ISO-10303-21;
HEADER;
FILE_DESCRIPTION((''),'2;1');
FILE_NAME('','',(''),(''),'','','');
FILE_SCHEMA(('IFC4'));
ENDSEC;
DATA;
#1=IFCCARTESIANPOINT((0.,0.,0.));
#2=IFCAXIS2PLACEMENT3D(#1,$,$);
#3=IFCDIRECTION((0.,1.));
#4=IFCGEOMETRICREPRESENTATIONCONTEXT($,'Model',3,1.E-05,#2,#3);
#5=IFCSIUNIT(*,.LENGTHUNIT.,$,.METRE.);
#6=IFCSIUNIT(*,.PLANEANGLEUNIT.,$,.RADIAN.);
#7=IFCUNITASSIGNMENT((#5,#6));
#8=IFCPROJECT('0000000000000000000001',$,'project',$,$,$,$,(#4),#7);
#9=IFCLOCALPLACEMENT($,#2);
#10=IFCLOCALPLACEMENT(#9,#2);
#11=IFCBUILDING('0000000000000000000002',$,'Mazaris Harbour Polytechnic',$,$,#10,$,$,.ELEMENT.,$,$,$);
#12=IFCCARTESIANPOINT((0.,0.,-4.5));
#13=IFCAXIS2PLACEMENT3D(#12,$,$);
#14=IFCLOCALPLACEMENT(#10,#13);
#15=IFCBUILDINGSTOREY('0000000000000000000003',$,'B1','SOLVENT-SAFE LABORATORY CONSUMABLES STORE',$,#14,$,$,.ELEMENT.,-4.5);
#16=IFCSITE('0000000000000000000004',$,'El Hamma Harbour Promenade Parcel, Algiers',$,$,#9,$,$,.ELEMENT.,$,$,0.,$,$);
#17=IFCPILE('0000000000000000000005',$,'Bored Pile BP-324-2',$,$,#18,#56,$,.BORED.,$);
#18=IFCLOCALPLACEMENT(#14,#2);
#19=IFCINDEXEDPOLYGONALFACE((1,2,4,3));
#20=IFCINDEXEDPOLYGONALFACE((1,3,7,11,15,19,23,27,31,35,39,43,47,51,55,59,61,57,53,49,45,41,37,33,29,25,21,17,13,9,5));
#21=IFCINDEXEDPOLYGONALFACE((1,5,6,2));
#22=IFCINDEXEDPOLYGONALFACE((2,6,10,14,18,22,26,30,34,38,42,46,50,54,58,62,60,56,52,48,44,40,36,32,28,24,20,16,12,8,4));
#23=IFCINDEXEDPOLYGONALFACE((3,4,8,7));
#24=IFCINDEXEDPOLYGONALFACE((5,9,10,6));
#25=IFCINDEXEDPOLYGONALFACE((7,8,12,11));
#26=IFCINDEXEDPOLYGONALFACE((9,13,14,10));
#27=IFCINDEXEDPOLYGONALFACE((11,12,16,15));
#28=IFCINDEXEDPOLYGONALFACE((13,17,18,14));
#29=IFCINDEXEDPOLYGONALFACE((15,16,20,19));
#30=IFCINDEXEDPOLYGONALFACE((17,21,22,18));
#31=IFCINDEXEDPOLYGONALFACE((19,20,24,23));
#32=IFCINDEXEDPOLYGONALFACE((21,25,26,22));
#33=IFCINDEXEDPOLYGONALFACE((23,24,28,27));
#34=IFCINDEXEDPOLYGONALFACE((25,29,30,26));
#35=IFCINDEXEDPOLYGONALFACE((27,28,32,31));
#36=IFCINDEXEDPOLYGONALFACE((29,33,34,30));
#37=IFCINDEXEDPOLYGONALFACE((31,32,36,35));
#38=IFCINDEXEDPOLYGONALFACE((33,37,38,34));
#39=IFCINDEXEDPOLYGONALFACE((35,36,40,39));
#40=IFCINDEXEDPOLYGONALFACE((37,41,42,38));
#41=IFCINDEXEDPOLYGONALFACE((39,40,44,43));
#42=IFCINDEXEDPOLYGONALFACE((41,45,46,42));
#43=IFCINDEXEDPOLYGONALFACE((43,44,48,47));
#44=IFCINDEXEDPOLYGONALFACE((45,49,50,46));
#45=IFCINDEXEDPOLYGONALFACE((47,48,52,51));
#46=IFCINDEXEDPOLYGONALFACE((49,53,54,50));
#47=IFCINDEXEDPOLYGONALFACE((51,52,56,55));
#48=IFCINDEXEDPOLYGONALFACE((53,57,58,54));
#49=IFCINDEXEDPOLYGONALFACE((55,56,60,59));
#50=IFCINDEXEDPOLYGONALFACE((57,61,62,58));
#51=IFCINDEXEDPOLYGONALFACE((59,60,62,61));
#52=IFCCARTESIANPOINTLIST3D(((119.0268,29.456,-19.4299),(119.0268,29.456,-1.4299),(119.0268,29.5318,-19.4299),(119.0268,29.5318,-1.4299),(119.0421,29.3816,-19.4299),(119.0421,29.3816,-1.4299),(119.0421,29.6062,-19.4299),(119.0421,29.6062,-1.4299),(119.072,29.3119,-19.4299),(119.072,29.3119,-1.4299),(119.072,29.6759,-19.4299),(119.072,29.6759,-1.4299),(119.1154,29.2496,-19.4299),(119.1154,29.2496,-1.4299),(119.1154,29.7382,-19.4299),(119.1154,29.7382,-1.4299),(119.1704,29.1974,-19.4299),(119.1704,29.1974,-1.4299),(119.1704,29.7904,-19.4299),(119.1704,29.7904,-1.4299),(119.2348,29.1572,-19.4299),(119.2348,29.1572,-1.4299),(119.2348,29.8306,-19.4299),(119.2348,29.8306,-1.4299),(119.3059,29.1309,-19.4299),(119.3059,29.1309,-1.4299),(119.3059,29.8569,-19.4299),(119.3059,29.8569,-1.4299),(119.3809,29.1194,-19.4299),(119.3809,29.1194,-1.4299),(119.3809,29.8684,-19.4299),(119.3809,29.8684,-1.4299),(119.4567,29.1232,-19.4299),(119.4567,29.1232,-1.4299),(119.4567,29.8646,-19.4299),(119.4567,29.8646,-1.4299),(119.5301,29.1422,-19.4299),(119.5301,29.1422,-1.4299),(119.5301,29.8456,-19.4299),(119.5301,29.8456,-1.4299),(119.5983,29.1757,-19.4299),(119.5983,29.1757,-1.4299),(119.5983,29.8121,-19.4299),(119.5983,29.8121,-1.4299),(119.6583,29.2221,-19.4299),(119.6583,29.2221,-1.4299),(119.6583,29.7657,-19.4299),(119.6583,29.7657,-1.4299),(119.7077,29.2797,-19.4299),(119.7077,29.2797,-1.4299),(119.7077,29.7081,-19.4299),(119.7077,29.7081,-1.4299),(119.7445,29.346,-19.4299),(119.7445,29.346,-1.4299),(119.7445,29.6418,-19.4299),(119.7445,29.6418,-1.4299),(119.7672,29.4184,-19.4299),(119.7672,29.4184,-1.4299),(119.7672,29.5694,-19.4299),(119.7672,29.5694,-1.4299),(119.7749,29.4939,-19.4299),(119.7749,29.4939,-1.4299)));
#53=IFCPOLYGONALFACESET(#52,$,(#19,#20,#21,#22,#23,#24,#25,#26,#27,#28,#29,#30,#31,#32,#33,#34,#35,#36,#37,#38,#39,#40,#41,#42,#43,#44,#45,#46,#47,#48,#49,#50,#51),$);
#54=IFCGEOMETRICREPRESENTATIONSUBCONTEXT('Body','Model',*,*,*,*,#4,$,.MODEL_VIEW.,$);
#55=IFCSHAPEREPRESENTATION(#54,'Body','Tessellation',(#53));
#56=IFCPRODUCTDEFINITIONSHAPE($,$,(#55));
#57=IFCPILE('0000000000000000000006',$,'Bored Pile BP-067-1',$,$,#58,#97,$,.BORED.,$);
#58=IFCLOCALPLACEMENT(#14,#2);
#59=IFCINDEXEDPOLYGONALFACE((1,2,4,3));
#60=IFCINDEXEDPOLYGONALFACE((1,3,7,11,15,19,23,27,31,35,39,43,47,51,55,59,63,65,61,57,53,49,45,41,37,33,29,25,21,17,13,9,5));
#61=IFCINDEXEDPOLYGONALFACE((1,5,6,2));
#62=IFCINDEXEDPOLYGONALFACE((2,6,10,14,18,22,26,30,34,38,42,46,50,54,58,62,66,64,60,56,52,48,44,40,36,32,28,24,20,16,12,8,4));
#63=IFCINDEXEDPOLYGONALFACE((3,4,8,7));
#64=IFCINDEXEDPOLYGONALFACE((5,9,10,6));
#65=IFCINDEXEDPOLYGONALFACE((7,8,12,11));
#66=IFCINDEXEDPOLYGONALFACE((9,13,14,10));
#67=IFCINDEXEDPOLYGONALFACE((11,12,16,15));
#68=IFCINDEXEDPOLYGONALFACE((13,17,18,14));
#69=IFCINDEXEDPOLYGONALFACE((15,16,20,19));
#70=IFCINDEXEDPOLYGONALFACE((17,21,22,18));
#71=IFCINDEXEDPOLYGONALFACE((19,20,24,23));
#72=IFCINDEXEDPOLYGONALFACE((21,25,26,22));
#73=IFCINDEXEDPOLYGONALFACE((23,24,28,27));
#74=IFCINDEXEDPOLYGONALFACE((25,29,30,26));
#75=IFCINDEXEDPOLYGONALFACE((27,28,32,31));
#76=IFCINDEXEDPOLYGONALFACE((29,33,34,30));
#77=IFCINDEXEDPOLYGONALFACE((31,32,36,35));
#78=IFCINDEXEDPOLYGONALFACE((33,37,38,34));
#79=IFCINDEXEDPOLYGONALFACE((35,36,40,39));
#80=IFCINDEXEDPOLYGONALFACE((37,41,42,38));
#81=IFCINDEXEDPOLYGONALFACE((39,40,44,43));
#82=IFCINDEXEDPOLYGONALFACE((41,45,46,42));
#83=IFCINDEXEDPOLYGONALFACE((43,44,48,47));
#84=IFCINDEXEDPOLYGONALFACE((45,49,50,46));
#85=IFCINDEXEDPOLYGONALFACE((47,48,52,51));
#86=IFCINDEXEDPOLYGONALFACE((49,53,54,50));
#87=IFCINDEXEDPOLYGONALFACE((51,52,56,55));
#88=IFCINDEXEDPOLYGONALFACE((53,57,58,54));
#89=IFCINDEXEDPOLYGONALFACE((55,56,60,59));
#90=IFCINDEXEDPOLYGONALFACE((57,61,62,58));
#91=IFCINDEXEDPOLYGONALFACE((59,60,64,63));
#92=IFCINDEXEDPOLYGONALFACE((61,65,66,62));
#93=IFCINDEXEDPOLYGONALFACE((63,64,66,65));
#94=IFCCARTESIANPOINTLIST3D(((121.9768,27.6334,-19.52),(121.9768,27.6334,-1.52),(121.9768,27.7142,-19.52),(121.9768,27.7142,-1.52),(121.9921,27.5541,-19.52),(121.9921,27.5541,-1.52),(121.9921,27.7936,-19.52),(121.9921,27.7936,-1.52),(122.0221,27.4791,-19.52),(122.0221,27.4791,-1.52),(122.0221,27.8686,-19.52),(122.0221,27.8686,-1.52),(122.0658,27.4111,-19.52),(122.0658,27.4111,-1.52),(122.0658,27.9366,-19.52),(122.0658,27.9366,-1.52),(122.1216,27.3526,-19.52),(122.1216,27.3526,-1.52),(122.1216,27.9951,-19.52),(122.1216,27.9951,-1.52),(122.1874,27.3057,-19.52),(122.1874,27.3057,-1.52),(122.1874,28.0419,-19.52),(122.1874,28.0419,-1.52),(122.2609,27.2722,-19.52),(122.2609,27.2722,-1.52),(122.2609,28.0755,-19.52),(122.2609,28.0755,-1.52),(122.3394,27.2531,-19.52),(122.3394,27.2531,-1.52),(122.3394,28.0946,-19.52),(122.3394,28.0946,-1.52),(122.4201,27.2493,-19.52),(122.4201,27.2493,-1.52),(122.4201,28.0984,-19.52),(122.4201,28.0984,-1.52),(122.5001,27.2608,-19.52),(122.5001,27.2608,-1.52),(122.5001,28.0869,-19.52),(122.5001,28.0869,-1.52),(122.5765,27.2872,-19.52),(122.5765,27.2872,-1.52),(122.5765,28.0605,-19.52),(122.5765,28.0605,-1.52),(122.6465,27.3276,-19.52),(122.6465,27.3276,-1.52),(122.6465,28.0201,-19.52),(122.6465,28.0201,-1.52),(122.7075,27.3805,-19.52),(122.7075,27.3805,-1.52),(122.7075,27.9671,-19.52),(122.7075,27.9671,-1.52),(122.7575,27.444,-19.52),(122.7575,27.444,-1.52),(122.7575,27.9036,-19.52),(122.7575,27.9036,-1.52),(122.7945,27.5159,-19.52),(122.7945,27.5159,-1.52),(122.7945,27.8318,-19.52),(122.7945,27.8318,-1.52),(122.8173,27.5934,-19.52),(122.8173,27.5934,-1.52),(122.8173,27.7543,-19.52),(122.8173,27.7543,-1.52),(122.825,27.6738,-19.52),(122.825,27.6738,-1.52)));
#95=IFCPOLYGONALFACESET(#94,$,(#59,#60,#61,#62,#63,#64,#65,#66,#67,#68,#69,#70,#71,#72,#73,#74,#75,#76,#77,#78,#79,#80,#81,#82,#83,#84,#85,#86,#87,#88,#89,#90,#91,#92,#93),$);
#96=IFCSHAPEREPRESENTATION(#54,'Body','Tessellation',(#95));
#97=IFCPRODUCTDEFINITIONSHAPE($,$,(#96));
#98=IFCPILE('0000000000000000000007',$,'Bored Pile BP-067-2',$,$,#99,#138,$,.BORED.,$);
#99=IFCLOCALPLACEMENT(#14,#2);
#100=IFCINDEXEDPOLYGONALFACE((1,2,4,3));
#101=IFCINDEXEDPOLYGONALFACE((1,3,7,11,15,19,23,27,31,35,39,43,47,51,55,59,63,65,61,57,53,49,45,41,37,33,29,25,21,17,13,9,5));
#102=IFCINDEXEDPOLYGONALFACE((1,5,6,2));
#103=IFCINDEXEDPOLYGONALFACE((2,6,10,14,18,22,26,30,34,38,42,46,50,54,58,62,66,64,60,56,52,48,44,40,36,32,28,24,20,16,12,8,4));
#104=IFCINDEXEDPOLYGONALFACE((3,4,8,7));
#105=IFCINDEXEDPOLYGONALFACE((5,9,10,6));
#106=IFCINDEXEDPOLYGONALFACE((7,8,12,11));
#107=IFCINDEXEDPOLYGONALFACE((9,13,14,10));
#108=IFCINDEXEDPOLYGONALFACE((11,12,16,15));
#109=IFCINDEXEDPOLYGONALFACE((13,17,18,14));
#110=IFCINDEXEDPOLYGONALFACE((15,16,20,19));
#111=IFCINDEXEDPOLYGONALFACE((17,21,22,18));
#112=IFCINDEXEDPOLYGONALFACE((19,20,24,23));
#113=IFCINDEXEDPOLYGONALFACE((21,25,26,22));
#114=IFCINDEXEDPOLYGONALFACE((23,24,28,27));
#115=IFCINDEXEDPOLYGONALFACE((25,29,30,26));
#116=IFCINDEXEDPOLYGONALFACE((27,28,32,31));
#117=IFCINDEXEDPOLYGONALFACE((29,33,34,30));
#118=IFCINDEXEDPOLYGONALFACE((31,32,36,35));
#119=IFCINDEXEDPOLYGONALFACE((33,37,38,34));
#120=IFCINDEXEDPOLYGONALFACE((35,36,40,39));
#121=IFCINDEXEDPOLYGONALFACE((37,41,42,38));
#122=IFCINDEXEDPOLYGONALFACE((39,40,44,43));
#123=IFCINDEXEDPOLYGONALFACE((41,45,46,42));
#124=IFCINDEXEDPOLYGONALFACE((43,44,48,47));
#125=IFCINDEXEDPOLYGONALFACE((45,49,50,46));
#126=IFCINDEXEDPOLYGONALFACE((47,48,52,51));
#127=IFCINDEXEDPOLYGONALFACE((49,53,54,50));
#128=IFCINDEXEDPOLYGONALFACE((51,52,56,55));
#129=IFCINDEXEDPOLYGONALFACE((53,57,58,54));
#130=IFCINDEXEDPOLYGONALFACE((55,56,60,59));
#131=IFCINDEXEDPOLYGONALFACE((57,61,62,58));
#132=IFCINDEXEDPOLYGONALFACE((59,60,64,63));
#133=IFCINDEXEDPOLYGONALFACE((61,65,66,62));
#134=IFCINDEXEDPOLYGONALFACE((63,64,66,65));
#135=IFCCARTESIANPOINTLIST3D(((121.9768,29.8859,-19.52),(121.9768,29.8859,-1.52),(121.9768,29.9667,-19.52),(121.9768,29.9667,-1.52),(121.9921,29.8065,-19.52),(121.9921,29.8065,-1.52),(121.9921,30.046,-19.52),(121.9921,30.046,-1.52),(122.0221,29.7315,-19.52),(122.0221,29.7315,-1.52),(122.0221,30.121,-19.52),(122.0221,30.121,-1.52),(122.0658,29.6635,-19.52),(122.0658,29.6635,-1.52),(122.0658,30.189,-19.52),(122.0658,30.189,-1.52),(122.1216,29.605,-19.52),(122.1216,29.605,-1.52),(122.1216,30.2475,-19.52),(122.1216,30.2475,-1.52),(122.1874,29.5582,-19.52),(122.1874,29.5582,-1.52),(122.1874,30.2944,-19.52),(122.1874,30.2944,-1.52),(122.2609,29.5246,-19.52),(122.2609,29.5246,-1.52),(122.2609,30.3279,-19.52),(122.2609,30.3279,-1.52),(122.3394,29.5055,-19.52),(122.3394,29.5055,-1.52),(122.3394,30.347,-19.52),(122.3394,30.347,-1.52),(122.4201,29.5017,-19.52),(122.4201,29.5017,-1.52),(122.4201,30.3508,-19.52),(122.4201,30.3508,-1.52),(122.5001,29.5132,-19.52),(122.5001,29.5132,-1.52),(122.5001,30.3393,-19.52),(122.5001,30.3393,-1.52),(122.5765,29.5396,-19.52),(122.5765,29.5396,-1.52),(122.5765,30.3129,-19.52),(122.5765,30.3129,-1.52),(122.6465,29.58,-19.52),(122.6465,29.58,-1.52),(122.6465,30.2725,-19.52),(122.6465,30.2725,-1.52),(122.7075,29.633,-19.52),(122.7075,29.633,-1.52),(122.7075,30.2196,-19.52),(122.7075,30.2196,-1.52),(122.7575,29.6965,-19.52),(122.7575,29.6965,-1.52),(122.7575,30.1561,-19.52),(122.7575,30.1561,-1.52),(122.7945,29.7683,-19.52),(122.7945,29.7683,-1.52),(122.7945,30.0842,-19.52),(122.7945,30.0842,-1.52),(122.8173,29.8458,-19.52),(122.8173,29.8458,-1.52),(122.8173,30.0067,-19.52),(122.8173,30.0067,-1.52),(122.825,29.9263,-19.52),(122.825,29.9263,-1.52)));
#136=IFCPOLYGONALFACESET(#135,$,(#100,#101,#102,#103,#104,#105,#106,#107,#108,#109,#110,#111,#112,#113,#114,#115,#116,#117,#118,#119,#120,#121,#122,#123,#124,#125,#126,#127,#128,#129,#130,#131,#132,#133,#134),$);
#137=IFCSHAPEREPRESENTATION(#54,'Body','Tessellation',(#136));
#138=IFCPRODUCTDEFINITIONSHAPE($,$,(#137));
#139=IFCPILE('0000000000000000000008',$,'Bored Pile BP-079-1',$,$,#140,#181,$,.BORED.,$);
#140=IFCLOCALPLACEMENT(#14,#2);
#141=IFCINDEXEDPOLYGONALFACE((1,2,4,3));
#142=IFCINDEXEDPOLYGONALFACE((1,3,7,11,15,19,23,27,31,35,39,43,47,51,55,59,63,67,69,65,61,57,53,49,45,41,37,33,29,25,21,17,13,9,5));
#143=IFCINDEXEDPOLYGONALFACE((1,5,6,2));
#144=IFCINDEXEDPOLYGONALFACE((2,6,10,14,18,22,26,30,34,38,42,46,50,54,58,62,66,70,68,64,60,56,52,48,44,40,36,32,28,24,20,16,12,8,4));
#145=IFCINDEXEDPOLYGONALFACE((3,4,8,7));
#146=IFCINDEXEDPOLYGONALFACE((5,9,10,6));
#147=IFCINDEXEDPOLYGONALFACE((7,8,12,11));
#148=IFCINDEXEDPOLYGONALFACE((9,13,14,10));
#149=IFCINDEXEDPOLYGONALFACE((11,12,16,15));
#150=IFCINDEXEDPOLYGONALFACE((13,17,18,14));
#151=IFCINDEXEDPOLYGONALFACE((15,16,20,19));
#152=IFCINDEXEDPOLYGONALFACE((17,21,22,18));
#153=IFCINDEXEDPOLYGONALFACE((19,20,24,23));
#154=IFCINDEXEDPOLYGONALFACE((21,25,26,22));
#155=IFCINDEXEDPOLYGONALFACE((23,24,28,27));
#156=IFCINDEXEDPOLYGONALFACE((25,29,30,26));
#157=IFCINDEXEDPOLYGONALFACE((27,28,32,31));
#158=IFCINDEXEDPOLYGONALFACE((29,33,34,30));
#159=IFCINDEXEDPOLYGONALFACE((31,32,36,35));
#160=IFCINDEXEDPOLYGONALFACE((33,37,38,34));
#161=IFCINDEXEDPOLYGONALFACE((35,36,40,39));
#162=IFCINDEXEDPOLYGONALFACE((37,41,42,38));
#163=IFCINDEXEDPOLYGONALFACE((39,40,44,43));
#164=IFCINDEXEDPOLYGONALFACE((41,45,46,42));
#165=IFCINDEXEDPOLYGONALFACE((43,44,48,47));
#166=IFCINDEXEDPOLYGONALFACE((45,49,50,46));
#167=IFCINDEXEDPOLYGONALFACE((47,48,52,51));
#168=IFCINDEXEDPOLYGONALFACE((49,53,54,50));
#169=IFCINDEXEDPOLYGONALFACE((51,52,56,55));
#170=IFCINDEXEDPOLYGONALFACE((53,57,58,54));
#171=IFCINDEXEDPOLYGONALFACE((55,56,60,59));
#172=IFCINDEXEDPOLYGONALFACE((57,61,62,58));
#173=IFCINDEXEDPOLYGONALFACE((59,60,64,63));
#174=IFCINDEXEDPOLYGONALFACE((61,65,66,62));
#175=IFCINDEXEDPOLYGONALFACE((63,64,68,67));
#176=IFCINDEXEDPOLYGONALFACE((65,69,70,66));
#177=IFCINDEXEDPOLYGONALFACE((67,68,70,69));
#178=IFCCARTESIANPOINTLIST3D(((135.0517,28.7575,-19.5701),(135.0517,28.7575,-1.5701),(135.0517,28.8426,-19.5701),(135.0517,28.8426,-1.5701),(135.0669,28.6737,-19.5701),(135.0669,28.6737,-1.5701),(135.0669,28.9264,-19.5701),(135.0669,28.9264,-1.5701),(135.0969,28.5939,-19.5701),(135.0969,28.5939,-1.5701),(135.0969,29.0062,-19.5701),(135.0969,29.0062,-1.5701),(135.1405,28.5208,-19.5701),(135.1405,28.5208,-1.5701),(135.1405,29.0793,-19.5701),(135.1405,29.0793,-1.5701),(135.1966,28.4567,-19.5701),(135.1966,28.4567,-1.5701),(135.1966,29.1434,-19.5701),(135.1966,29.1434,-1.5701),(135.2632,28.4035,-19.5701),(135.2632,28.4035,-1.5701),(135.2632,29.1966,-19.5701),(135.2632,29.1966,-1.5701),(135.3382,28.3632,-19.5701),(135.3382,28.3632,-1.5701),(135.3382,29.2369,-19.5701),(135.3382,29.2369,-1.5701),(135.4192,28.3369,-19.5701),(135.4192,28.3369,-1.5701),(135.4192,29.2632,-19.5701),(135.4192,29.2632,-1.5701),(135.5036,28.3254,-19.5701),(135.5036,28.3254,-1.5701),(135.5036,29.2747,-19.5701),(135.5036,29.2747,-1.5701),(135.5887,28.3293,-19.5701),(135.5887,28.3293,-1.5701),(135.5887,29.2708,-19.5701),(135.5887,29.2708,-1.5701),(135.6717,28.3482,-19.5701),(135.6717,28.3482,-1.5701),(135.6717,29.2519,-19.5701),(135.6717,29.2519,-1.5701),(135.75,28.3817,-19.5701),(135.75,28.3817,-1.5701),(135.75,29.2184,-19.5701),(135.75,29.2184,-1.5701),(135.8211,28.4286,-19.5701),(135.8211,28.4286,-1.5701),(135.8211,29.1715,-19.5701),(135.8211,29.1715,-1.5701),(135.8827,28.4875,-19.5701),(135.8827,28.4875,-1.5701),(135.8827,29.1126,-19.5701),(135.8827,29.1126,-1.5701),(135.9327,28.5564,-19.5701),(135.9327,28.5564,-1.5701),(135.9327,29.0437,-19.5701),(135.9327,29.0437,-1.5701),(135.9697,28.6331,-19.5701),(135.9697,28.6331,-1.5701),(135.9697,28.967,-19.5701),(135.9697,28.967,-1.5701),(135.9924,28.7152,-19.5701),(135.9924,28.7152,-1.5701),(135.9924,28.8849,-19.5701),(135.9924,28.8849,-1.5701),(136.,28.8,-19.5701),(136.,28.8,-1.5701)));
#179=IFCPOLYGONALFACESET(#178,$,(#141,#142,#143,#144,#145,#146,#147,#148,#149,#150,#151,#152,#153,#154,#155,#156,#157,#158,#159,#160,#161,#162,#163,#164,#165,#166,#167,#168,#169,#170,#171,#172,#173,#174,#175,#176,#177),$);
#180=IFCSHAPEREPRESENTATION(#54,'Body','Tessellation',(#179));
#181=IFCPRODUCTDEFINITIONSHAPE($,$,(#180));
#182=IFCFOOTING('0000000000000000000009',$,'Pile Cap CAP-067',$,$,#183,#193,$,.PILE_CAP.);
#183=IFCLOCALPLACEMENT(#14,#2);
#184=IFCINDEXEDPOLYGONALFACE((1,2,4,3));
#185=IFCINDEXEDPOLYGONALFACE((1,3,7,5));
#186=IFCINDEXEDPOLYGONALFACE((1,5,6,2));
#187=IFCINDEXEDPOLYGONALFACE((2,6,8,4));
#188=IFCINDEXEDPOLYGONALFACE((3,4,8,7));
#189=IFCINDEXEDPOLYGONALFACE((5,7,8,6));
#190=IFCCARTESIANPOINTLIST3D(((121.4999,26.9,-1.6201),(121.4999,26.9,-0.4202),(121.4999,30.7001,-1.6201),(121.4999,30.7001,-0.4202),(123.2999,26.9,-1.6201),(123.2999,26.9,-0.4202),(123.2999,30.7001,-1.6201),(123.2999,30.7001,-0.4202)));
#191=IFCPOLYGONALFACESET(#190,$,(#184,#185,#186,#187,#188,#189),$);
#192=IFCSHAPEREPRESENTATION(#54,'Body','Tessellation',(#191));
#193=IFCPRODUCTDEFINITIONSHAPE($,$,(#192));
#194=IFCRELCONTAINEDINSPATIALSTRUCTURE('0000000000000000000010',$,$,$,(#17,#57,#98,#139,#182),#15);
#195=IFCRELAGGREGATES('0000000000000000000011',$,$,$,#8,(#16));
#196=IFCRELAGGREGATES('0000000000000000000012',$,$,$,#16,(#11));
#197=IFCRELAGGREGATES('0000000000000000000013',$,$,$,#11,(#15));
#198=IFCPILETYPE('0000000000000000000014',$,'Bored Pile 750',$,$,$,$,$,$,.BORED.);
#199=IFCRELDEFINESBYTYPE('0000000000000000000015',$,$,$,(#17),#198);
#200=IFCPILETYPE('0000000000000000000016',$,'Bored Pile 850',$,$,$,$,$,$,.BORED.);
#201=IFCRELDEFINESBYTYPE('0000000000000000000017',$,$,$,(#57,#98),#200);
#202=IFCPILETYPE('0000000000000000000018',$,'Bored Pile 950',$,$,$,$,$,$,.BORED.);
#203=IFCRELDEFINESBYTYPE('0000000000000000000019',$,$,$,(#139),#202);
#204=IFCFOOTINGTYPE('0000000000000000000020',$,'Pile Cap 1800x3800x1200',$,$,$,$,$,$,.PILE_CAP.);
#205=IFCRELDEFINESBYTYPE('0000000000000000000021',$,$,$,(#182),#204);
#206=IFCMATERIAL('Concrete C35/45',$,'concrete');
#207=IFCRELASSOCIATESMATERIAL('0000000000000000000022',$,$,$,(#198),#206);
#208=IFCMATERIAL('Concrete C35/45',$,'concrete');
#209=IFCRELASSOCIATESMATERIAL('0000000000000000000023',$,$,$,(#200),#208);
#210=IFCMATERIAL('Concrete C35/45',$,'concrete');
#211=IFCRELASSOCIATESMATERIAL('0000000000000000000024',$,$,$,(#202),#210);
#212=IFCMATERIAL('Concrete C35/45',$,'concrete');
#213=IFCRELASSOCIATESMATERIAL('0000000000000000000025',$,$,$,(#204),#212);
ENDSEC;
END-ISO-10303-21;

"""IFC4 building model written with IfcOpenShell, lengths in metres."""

from ifc_helpers import new_model, si_unit, direction, frame, origin, origin_2d, place, context, subcontext, project, spatial, rectangle, circle, extrude, material, material_profile, profile_set, type_object, element, save


model = new_model("IFC4")

# Units and contexts
model_context = context("Model", 3, precision=1e-05, world=origin(), true_north=direction((0.0, 1.0)))
body_context = subcontext(model_context, "Body", "Model", "MODEL_VIEW")
ifc_project = project(units=[si_unit("LENGTHUNIT", "METRE"), si_unit("PLANEANGLEUNIT", "RADIAN")], contexts=[model_context])

# Site, building, storey
site_placement = place(None, origin())
site = spatial("IfcSite", under=ifc_project, at=site_placement, Name="El Hamma Harbour Promenade Parcel, Algiers", CompositionType="ELEMENT", RefElevation=0.0)
building_placement = place(site_placement, origin())
building = spatial("IfcBuilding", under=site, at=building_placement, Name="Mazaris Harbour Polytechnic", CompositionType="ELEMENT")
storey_placement = place(building_placement, frame((0.0, 0.0, -4.5)))
storey = spatial("IfcBuildingStorey", under=building, at=storey_placement, Name="B1", Description="SOLVENT-SAFE LABORATORY CONSUMABLES STORE", CompositionType="ELEMENT", Elevation=-4.5)

# Piles
ifc_material_1 = material(Name="Concrete C35/45", Category="concrete")
ifc_material_profile_1 = material_profile(ifc_material_1, circle(Radius=0.375, at=origin_2d()), Name="DIA750")
ifc_profile_set_1 = profile_set([ifc_material_profile_1], Name="Concrete C35/45")
pile_type_1 = type_object("IfcPileType", Name="Bored Pile 750", PredefinedType="BORED", material=ifc_profile_set_1)
pile_1_placement = place(storey_placement, frame((119.3999, 29.4939, -1.4299), z_axis=(0.0, 0.0, -1.0), x_axis=(1.0, 0.0, 0.0)))
element("IfcPile", 1, at=pile_1_placement, inside=storey, type_object=pile_type_1, Name="Bored Pile BP-324-2", PredefinedType="BORED", context=body_context, shape_type="SweptSolid", body=[
    extrude(circle(Radius=0.375, at=origin_2d()), origin(), (0.0, 0.0, 1.0), 18.0),
])
ifc_material_2 = material(Name="Concrete C35/45", Category="concrete")
ifc_material_profile_2 = material_profile(ifc_material_2, circle(Radius=0.425, at=origin_2d()), Name="DIA850")
ifc_profile_set_2 = profile_set([ifc_material_profile_2], Name="Concrete C35/45")
pile_type_2 = type_object("IfcPileType", Name="Bored Pile 850", PredefinedType="BORED", material=ifc_profile_set_2)
for number, where, z_axis, x_axis, name in (
    (2, (122.3999, 27.6738, -1.52), (0.0, 0.0, -1.0), (1.0, 0.0, 0.0), "Bored Pile BP-067-1"),
    (3, (122.3999, 29.9263, -1.52), (0.0, 0.0, -1.0), (1.0, 0.0, 0.0), "Bored Pile BP-067-2"),
):
    element("IfcPile", number, at=place(storey_placement, frame(where, z_axis=z_axis, x_axis=x_axis)), inside=storey, type_object=pile_type_2, Name=name, PredefinedType="BORED", context=body_context, shape_type="SweptSolid", body=[
        extrude(circle(Radius=0.425, at=origin_2d()), origin(), (0.0, 0.0, 1.0), 18.0),
    ])
ifc_material_3 = material(Name="Concrete C35/45", Category="concrete")
ifc_material_profile_3 = material_profile(ifc_material_3, circle(Radius=0.4751, at=origin_2d()), Name="DIA950")
ifc_profile_set_3 = profile_set([ifc_material_profile_3], Name="Concrete C35/45")
pile_type_3 = type_object("IfcPileType", Name="Bored Pile 950", PredefinedType="BORED", material=ifc_profile_set_3)
pile_2_placement = place(storey_placement, frame((135.5249, 28.8, -1.5701), z_axis=(0.0, 0.0, -1.0), x_axis=(1.0, 0.0, 0.0)))
element("IfcPile", 4, at=pile_2_placement, inside=storey, type_object=pile_type_3, Name="Bored Pile BP-079-1", PredefinedType="BORED", context=body_context, shape_type="SweptSolid", body=[
    extrude(circle(Radius=0.4751, at=origin_2d()), origin(), (0.0, 0.0, 1.0), 18.0),
])

# Footing
ifc_material_4 = material(Name="Concrete C35/45", Category="concrete")
footing_type_1 = type_object("IfcFootingType", Name="Pile Cap 1800x3800x1200", PredefinedType="PILE_CAP", material=ifc_material_4)
footing_1_placement = place(storey_placement, frame((122.3999, 28.8, -1.6201), z_axis=(0.0, 0.0, 1.0), x_axis=(1.0, 0.0, 0.0)))
element("IfcFooting", 5, at=footing_1_placement, inside=storey, type_object=footing_type_1, Name="Pile Cap CAP-067", PredefinedType="PILE_CAP", context=body_context, shape_type="SweptSolid", body=[
    extrude(rectangle(XDim=1.8, YDim=3.8, at=origin_2d()), origin(), (0.0, 0.0, 1.0), 1.2),
])

save(model, "model.ifc")
